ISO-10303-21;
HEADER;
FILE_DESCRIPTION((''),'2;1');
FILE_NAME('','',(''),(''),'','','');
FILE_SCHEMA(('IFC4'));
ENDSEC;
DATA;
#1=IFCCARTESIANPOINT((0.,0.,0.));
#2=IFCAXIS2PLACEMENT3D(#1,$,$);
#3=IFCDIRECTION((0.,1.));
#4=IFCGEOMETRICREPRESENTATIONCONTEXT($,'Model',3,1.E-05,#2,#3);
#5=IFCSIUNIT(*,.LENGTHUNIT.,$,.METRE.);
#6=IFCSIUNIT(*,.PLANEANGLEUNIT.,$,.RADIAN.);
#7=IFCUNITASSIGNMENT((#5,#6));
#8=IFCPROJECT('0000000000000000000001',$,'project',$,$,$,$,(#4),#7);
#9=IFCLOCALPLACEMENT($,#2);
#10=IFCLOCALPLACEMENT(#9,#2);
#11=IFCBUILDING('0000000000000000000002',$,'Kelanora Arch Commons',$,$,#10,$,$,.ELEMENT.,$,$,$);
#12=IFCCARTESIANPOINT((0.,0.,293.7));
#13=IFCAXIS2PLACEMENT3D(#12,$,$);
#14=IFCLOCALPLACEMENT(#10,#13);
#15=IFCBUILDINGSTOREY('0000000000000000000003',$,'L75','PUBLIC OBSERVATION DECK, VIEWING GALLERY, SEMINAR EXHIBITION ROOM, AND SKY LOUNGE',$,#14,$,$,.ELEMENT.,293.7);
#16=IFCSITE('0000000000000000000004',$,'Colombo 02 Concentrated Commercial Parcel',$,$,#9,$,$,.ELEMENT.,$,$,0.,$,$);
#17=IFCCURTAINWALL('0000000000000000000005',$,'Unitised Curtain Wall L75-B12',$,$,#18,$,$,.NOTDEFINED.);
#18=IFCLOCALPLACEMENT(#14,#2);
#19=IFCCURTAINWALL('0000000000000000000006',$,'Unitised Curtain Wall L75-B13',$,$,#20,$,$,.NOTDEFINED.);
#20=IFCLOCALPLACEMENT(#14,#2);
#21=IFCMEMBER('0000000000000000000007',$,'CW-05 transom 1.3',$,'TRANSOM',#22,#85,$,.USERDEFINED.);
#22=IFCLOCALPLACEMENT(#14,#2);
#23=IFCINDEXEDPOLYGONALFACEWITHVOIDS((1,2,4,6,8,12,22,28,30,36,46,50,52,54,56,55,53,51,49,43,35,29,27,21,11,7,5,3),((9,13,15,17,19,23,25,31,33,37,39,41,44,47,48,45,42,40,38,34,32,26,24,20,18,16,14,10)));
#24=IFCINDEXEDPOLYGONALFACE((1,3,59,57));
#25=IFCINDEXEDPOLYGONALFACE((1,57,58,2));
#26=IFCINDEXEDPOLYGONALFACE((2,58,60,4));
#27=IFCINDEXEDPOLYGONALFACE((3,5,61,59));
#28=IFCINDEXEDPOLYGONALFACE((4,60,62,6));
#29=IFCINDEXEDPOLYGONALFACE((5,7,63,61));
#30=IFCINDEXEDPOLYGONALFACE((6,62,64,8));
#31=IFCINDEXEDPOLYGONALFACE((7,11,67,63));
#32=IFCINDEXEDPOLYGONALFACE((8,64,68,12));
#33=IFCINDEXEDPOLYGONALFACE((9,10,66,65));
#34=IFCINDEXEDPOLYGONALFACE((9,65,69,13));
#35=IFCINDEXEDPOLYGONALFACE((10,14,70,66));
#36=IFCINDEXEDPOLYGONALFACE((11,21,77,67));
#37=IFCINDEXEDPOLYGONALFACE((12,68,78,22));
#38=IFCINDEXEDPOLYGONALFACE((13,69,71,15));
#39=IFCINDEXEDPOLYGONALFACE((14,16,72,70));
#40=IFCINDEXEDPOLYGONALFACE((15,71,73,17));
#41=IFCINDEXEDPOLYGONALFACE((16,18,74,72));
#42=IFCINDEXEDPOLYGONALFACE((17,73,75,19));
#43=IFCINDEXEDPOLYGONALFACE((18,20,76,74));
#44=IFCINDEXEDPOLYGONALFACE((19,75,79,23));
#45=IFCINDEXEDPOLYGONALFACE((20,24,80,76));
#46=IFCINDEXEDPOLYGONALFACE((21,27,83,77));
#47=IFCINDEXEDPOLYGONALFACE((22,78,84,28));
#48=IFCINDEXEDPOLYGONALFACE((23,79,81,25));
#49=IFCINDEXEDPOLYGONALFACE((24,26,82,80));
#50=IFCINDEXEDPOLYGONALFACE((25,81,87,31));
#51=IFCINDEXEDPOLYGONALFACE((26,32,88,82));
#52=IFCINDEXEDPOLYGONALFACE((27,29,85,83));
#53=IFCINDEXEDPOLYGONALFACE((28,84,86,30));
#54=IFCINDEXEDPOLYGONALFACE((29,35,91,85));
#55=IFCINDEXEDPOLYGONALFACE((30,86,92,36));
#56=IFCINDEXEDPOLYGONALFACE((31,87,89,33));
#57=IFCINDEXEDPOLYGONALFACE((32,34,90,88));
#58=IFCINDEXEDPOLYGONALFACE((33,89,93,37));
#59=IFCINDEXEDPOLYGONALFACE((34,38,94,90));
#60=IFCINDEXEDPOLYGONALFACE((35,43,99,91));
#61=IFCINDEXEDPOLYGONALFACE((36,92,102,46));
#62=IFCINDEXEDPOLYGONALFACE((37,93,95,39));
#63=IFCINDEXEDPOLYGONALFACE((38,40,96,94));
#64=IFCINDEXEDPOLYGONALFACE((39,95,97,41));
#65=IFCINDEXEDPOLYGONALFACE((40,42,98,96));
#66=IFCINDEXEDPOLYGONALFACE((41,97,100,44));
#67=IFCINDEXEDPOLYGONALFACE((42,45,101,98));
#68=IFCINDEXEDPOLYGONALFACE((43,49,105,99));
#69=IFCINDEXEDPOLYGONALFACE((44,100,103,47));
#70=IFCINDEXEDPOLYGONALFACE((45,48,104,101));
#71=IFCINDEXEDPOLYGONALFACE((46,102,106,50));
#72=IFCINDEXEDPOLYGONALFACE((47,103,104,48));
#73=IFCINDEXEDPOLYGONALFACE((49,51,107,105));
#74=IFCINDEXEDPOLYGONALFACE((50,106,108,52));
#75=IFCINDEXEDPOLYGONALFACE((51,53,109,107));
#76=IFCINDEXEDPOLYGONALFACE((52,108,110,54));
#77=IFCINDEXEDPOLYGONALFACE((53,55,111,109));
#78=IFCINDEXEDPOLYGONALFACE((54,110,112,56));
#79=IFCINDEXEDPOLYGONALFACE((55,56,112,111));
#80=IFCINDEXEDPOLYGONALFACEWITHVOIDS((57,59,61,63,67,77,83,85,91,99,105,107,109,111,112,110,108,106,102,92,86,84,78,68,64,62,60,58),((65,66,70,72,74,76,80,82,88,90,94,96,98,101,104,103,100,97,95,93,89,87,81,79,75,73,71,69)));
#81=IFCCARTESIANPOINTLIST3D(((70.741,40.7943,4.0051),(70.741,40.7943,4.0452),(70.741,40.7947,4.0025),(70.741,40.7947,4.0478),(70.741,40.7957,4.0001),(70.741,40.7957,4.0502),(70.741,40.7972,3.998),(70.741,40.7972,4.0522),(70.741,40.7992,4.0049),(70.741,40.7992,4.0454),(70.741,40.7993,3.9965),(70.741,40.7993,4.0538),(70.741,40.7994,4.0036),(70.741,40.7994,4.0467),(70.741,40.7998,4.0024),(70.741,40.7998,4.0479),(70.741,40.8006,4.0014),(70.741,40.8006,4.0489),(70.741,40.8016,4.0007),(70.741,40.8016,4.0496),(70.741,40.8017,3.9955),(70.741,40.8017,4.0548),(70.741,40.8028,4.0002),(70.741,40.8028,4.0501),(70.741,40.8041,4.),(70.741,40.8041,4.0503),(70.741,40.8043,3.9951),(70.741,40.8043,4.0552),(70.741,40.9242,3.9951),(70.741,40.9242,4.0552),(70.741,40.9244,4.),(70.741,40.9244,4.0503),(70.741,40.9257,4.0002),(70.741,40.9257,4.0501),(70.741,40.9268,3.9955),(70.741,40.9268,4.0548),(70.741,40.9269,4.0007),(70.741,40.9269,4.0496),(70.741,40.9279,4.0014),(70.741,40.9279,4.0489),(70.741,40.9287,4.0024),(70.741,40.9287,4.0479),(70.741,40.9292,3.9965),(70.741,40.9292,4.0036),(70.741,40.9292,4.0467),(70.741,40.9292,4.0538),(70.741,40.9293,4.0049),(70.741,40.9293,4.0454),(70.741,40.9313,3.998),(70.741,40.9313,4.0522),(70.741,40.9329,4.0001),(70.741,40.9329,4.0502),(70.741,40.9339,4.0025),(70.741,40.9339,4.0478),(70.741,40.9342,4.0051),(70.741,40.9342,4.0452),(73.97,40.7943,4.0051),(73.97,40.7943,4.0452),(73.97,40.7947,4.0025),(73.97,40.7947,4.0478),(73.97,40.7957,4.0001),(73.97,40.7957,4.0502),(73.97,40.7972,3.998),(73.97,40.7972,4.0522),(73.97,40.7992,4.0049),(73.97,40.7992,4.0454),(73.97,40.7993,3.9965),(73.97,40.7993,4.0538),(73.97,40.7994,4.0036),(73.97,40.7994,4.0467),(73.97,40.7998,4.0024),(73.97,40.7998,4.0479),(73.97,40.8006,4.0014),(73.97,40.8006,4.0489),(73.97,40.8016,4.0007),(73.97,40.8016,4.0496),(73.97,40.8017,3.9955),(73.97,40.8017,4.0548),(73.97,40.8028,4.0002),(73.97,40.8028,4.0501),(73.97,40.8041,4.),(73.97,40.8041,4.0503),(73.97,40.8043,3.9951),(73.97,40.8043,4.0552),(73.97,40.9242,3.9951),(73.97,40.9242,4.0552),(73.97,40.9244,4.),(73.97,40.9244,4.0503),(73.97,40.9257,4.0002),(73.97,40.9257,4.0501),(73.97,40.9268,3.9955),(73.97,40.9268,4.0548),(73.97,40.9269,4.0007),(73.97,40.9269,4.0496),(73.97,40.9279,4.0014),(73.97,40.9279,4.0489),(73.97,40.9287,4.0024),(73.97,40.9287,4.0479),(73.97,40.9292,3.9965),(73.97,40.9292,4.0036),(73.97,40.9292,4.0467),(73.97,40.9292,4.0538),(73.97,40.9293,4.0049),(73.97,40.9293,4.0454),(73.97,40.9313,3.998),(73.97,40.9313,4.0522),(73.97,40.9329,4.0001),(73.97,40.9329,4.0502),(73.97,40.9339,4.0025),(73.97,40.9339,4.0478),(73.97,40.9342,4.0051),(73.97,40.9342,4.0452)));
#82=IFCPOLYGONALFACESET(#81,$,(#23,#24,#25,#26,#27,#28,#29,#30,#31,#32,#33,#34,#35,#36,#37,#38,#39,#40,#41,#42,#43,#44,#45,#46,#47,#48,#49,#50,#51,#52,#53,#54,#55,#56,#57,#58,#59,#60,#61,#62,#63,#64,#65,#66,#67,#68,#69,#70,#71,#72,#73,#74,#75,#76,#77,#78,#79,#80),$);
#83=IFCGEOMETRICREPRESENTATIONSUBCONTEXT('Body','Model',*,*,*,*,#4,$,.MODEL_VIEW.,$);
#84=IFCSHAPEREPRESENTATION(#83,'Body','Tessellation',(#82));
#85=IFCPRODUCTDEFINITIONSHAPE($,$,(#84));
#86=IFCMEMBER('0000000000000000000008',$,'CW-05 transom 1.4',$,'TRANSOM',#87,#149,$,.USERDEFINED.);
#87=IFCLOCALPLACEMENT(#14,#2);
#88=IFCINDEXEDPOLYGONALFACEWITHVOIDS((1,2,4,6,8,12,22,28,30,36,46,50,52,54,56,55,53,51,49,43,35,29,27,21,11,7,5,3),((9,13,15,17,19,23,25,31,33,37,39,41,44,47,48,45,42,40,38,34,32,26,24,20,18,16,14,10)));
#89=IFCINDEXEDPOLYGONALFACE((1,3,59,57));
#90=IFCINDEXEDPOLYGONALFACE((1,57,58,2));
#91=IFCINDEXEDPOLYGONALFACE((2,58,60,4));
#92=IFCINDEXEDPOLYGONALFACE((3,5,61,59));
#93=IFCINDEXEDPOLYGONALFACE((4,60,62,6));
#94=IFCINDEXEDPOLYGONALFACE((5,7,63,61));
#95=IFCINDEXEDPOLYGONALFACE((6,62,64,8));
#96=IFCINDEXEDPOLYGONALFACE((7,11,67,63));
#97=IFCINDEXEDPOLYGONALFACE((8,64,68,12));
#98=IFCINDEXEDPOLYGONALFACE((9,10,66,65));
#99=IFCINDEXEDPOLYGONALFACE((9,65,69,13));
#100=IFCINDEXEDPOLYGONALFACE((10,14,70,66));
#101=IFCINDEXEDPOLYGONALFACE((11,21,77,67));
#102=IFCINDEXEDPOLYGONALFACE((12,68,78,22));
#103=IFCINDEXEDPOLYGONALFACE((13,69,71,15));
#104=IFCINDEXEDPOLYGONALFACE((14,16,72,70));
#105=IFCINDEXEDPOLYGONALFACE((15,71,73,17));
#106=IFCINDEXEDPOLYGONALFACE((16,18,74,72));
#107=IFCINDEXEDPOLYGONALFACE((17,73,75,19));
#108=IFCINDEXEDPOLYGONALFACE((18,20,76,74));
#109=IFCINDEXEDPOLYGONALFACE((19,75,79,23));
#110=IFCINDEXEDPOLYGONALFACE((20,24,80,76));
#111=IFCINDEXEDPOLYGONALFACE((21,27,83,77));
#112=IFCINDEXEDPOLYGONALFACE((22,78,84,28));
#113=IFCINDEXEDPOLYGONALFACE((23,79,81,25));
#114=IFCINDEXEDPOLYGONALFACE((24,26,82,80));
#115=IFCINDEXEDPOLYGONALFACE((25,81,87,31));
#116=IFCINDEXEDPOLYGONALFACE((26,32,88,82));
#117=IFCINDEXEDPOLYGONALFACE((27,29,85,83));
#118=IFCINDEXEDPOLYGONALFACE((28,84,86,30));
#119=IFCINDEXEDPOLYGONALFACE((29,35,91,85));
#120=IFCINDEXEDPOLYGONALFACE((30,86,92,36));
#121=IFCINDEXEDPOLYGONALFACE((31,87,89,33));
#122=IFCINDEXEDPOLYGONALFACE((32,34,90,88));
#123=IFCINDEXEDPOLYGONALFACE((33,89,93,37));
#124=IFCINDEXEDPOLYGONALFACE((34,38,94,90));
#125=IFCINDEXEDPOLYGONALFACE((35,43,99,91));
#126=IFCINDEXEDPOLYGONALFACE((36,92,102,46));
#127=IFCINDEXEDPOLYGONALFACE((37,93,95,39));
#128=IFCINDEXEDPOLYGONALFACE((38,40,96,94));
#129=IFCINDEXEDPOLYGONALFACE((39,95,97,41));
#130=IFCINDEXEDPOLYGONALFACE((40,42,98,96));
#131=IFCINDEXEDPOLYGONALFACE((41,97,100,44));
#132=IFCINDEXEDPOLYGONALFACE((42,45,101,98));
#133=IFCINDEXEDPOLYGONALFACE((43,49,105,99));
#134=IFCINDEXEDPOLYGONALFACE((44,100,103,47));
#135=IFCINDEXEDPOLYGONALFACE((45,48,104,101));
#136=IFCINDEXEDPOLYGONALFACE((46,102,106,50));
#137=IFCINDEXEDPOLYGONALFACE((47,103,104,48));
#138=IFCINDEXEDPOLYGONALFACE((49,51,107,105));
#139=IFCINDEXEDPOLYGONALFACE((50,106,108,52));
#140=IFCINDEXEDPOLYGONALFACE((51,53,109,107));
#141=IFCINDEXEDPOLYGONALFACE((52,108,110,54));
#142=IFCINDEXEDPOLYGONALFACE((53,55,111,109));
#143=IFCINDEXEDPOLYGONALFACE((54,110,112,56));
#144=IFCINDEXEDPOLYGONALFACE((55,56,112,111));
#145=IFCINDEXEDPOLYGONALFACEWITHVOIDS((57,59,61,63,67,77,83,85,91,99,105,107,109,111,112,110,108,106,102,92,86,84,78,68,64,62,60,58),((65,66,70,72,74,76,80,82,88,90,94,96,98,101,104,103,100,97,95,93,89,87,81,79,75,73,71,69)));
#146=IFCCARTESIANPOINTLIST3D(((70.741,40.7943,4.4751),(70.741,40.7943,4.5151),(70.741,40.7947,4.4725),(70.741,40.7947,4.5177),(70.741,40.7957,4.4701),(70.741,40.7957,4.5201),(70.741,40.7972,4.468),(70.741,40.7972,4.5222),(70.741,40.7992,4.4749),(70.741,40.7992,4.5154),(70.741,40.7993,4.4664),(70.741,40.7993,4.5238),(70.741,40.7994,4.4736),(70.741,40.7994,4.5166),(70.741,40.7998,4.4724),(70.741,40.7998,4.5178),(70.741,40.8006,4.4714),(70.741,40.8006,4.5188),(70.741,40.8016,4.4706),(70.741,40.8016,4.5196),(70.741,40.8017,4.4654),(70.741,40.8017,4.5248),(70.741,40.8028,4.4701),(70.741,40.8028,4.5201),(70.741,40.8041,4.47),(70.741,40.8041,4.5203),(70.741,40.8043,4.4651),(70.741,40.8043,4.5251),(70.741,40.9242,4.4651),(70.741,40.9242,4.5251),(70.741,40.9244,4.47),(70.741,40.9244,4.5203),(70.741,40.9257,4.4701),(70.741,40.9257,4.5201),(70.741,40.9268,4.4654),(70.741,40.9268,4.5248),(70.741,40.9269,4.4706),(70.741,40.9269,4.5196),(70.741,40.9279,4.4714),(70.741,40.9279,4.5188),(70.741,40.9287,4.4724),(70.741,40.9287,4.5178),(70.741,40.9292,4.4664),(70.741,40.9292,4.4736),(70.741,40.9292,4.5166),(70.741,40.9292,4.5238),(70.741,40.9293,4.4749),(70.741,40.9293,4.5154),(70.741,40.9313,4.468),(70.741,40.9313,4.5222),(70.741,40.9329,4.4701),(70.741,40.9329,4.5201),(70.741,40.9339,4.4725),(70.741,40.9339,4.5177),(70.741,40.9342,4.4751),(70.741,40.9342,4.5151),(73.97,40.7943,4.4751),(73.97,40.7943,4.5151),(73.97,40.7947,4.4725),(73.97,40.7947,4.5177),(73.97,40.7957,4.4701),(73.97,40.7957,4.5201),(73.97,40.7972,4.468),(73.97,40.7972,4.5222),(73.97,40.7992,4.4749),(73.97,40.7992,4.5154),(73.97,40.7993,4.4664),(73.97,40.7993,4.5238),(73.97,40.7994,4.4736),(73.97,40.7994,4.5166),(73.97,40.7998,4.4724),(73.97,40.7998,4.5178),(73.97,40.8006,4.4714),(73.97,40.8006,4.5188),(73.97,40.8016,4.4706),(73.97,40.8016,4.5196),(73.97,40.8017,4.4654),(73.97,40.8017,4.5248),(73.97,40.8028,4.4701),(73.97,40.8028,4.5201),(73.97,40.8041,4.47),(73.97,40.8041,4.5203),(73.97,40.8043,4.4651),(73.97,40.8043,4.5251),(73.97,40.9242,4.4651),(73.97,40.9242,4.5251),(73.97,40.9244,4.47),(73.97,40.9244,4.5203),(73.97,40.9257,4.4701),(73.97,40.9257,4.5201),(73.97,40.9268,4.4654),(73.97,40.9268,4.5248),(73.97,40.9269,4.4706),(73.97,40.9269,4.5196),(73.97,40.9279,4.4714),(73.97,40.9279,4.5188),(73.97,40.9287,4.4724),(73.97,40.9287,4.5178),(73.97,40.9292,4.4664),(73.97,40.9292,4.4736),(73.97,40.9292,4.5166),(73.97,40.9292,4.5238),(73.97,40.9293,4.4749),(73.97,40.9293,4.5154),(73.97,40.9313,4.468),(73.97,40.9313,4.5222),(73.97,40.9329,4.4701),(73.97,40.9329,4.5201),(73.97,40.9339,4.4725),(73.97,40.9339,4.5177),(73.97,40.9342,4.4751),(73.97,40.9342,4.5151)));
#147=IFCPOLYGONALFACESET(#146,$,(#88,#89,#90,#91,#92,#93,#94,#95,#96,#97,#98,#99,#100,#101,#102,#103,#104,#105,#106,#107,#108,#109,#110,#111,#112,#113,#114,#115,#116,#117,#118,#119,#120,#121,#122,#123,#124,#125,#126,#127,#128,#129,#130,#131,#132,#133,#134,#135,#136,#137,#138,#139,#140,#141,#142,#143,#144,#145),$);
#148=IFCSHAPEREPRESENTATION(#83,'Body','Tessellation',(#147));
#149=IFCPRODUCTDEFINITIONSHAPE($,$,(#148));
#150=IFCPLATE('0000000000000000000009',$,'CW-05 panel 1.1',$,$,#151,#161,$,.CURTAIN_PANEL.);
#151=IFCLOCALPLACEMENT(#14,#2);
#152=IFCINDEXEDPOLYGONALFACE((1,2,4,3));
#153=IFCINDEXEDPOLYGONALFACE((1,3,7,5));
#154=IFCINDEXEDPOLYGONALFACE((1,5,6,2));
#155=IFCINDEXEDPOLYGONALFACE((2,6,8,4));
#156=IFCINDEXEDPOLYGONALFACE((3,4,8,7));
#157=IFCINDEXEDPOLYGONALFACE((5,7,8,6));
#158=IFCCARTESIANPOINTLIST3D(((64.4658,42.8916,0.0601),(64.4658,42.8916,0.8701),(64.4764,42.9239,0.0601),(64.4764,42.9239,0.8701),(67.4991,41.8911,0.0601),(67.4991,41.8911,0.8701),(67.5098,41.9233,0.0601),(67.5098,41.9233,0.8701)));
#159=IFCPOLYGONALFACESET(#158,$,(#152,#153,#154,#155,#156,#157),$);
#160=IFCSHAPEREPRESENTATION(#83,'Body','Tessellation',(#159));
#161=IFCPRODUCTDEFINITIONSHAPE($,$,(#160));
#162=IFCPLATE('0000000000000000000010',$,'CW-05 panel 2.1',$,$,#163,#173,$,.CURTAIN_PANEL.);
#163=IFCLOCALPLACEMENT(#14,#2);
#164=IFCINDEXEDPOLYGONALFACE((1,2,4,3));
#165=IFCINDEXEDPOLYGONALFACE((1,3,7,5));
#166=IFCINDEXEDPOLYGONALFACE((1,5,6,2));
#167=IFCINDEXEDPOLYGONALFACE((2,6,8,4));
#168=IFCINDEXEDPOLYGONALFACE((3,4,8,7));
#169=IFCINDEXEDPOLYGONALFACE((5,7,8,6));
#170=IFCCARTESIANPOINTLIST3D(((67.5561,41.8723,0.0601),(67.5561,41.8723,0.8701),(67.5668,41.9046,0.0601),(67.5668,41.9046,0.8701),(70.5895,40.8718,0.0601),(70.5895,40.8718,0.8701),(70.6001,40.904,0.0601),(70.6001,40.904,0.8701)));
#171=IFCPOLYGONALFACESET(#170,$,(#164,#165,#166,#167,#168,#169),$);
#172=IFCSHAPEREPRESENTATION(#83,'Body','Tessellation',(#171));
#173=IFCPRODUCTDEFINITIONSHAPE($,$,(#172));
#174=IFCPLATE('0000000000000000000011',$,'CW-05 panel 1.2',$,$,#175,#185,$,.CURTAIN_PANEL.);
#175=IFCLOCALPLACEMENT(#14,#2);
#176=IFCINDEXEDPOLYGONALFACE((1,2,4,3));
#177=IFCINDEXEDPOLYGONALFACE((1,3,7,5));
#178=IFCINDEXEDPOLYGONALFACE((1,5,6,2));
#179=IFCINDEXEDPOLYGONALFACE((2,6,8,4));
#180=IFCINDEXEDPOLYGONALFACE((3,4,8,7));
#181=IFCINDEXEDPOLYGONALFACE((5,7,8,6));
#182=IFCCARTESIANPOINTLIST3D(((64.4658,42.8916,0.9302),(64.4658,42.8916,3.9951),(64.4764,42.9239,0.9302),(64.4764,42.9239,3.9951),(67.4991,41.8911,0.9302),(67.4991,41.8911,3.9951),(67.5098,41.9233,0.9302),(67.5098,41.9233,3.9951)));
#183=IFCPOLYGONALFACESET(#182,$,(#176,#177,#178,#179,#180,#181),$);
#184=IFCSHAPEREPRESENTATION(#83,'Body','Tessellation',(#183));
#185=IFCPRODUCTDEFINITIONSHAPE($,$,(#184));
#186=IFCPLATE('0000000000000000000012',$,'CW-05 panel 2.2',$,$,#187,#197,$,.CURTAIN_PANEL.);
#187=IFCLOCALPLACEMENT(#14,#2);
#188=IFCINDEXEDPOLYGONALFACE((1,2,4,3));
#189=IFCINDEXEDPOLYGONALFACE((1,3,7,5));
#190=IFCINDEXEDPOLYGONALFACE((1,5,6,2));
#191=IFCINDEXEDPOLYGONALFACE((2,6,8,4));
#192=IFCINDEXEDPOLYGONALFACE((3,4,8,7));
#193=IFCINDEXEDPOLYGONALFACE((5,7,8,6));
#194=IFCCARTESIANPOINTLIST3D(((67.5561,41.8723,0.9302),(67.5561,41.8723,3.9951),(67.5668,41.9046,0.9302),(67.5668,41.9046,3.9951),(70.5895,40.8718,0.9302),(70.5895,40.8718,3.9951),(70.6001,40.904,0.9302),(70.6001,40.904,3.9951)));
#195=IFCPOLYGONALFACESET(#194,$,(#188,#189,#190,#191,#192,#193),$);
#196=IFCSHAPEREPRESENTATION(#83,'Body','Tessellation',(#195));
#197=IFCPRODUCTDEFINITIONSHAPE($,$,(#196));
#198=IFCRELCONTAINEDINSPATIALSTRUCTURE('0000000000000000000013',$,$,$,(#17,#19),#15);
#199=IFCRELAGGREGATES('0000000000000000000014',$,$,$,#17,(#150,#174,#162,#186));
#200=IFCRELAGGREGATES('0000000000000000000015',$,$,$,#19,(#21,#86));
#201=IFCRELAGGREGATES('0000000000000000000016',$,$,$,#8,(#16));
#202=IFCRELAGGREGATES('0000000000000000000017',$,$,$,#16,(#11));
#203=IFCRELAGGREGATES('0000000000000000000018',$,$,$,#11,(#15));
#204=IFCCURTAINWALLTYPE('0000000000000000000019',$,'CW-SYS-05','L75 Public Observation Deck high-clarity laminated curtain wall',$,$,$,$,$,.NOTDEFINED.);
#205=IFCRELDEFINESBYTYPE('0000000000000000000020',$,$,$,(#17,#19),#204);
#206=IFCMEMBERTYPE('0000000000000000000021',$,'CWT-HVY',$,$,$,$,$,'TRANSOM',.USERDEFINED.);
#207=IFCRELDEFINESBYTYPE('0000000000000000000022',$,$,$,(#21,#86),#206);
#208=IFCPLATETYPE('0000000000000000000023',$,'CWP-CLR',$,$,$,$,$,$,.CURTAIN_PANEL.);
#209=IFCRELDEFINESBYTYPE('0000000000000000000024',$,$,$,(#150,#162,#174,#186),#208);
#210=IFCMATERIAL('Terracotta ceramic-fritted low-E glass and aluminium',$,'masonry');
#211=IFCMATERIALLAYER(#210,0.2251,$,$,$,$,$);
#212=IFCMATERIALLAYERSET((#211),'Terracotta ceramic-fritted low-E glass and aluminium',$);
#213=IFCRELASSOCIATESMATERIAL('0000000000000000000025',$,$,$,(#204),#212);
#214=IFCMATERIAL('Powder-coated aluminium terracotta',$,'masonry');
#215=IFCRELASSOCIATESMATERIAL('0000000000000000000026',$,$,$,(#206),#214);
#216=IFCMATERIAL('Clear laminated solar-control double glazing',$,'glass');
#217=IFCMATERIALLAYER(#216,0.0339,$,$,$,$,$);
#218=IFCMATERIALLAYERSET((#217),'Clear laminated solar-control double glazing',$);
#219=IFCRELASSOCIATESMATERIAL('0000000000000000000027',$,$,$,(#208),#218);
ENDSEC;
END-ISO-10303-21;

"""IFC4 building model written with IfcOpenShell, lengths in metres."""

from ifc_helpers import new_model, si_unit, direction, frame, origin, origin_2d, place, context, subcontext, project, spatial, rectangle, hollow_rectangle, extrude, source, transform, mapped, material, layer, layer_set, material_profile, profile_set, type_object, element, aggregate, save


model = new_model("IFC4")

# Units and contexts
model_context = context("Model", 3, precision=1e-05, world=origin(), true_north=direction((0.0, 1.0)))
body_context = subcontext(model_context, "Body", "Model", "MODEL_VIEW")
ifc_project = project(units=[si_unit("LENGTHUNIT", "METRE"), si_unit("PLANEANGLEUNIT", "RADIAN")], contexts=[model_context])

# Site, building, storey
site_placement = place(None, origin())
site = spatial("IfcSite", under=ifc_project, at=site_placement, Name="Colombo 02 Concentrated Commercial Parcel", CompositionType="ELEMENT", RefElevation=0.0)
building_placement = place(site_placement, origin())
building = spatial("IfcBuilding", under=site, at=building_placement, Name="Kelanora Arch Commons", CompositionType="ELEMENT")
storey_placement = place(building_placement, frame((0.0, 0.0, 293.7)))
storey = spatial("IfcBuildingStorey", under=building, at=storey_placement, Name="L75", Description="PUBLIC OBSERVATION DECK, VIEWING GALLERY, SEMINAR EXHIBITION ROOM, AND SKY LOUNGE", CompositionType="ELEMENT", Elevation=293.7)

# Curtain wall
ifc_material_1 = material(Name="Terracotta ceramic-fritted low-E glass and aluminium", Category="masonry")
ifc_layer_1 = layer(ifc_material_1, 0.2251)
ifc_layer_set_1 = layer_set([ifc_layer_1], Name="Terracotta ceramic-fritted low-E glass and aluminium")
curtain_wall_type = type_object("IfcCurtainWallType", Name="CW-SYS-05", Description="L75 Public Observation Deck high-clarity laminated curtain wall", PredefinedType="NOTDEFINED", material=ifc_layer_set_1)
curtain_wall_1_placement = place(storey_placement, origin())
curtain_wall_1 = element("IfcCurtainWall", 1, at=curtain_wall_1_placement, inside=storey, type_object=curtain_wall_type, Name="Unitised Curtain Wall L75-B12", PredefinedType="NOTDEFINED")
ifc_material_2 = material(Name="Powder-coated aluminium terracotta", Category="masonry")

# Curtain wall
curtain_wall_2_placement = place(storey_placement, origin())
curtain_wall_2 = element("IfcCurtainWall", 2, at=curtain_wall_2_placement, inside=storey, type_object=curtain_wall_type, Name="Unitised Curtain Wall L75-B13", PredefinedType="NOTDEFINED")

# Members
ifc_material_profile_1 = material_profile(ifc_material_2, hollow_rectangle(XDim=0.1399, YDim=0.0601, WallThickness=0.0049, InnerFilletRadius=0.0049, OuterFilletRadius=0.01, at=origin_2d()), Name="CWT140x60")
ifc_profile_set_1 = profile_set([ifc_material_profile_1], Name="Powder-coated aluminium terracotta")
member_type_1 = type_object("IfcMemberType", Name="CWT-HVY", ElementType="TRANSOM", PredefinedType="USERDEFINED", material=ifc_profile_set_1)
member_1_placement = place(storey_placement, frame((70.741, 40.8643, 4.0251), z_axis=(1.0, 0.0, 0.0), x_axis=(0.0, 1.0, 0.0)))
member_1 = element("IfcMember", 3, at=member_1_placement, type_object=member_type_1, Name="CW-05 transom 1.3", ObjectType="TRANSOM", PredefinedType="USERDEFINED", context=body_context, shape_type="SweptSolid", body=[
    extrude(hollow_rectangle(XDim=0.1399, YDim=0.0601, WallThickness=0.0049, InnerFilletRadius=0.0049, OuterFilletRadius=0.01, at=origin_2d()), origin(), (0.0, 0.0, 1.0), 3.229),
])
member_2_placement = place(storey_placement, frame((70.741, 40.8643, 4.4951), z_axis=(1.0, 0.0, 0.0), x_axis=(0.0, 1.0, 0.0)))
member_2 = element("IfcMember", 4, at=member_2_placement, type_object=member_type_1, Name="CW-05 transom 1.4", ObjectType="TRANSOM", PredefinedType="USERDEFINED", context=body_context, shape_type="SweptSolid", body=[
    extrude(hollow_rectangle(XDim=0.1399, YDim=0.0601, WallThickness=0.0049, InnerFilletRadius=0.0049, OuterFilletRadius=0.01, at=origin_2d()), origin(), (0.0, 0.0, 1.0), 3.229),
])

# Plates
ifc_material_3 = material(Name="Clear laminated solar-control double glazing", Category="glass")
ifc_layer_2 = layer(ifc_material_3, 0.0339)
ifc_layer_set_2 = layer_set([ifc_layer_2], Name="Clear laminated solar-control double glazing")
plate_type = type_object("IfcPlateType", Name="CWP-CLR", PredefinedType="CURTAIN_PANEL", material=ifc_layer_set_2)
shared_shape_1 = source(origin(), body_context, "Body", "SweptSolid", [
    extrude(rectangle(XDim=3.1941, YDim=0.0339, at=origin_2d()), origin(), (0.0, 0.0, 1.0), 0.8101),
])
plate_1_placement = place(storey_placement, frame((65.9878, 42.4075, 0.0601), z_axis=(0.0, 0.0, 1.0), x_axis=(0.94967, -0.313253, 0.0)))
plate_1 = element("IfcPlate", 5, at=plate_1_placement, type_object=plate_type, Name="CW-05 panel 1.1", PredefinedType="CURTAIN_PANEL", context=body_context, shape_type="MappedRepresentation", body=[
    mapped(shared_shape_1, transform((0.0, 0.0, 0.0), scale=1.0)),
])
plate_2_placement = place(storey_placement, frame((69.0781, 41.3882, 0.0601), z_axis=(0.0, 0.0, 1.0), x_axis=(0.94967, -0.313253, 0.0)))
plate_2 = element("IfcPlate", 6, at=plate_2_placement, type_object=plate_type, Name="CW-05 panel 2.1", PredefinedType="CURTAIN_PANEL", context=body_context, shape_type="MappedRepresentation", body=[
    mapped(shared_shape_1, transform((0.0, 0.0, 0.0), scale=1.0)),
])
shared_shape_2 = source(origin(), body_context, "Body", "SweptSolid", [
    extrude(rectangle(XDim=3.1941, YDim=0.0339, at=origin_2d()), origin(), (0.0, 0.0, 1.0), 3.0649),
])
plate_3_placement = place(storey_placement, frame((65.9878, 42.4075, 0.9302), z_axis=(0.0, 0.0, 1.0), x_axis=(0.94967, -0.313253, 0.0)))
plate_3 = element("IfcPlate", 7, at=plate_3_placement, type_object=plate_type, Name="CW-05 panel 1.2", PredefinedType="CURTAIN_PANEL", context=body_context, shape_type="MappedRepresentation", body=[
    mapped(shared_shape_2, transform((0.0, 0.0, 0.0), scale=1.0)),
])
plate_4_placement = place(storey_placement, frame((69.0781, 41.3882, 0.9302), z_axis=(0.0, 0.0, 1.0), x_axis=(0.94967, -0.313253, 0.0)))
plate_4 = element("IfcPlate", 8, at=plate_4_placement, type_object=plate_type, Name="CW-05 panel 2.2", PredefinedType="CURTAIN_PANEL", context=body_context, shape_type="MappedRepresentation", body=[
    mapped(shared_shape_2, transform((0.0, 0.0, 0.0), scale=1.0)),
])
aggregate(curtain_wall_1, [plate_1, plate_3, plate_2, plate_4])
aggregate(curtain_wall_2, [member_1, member_2])

save(model, "model.ifc")
